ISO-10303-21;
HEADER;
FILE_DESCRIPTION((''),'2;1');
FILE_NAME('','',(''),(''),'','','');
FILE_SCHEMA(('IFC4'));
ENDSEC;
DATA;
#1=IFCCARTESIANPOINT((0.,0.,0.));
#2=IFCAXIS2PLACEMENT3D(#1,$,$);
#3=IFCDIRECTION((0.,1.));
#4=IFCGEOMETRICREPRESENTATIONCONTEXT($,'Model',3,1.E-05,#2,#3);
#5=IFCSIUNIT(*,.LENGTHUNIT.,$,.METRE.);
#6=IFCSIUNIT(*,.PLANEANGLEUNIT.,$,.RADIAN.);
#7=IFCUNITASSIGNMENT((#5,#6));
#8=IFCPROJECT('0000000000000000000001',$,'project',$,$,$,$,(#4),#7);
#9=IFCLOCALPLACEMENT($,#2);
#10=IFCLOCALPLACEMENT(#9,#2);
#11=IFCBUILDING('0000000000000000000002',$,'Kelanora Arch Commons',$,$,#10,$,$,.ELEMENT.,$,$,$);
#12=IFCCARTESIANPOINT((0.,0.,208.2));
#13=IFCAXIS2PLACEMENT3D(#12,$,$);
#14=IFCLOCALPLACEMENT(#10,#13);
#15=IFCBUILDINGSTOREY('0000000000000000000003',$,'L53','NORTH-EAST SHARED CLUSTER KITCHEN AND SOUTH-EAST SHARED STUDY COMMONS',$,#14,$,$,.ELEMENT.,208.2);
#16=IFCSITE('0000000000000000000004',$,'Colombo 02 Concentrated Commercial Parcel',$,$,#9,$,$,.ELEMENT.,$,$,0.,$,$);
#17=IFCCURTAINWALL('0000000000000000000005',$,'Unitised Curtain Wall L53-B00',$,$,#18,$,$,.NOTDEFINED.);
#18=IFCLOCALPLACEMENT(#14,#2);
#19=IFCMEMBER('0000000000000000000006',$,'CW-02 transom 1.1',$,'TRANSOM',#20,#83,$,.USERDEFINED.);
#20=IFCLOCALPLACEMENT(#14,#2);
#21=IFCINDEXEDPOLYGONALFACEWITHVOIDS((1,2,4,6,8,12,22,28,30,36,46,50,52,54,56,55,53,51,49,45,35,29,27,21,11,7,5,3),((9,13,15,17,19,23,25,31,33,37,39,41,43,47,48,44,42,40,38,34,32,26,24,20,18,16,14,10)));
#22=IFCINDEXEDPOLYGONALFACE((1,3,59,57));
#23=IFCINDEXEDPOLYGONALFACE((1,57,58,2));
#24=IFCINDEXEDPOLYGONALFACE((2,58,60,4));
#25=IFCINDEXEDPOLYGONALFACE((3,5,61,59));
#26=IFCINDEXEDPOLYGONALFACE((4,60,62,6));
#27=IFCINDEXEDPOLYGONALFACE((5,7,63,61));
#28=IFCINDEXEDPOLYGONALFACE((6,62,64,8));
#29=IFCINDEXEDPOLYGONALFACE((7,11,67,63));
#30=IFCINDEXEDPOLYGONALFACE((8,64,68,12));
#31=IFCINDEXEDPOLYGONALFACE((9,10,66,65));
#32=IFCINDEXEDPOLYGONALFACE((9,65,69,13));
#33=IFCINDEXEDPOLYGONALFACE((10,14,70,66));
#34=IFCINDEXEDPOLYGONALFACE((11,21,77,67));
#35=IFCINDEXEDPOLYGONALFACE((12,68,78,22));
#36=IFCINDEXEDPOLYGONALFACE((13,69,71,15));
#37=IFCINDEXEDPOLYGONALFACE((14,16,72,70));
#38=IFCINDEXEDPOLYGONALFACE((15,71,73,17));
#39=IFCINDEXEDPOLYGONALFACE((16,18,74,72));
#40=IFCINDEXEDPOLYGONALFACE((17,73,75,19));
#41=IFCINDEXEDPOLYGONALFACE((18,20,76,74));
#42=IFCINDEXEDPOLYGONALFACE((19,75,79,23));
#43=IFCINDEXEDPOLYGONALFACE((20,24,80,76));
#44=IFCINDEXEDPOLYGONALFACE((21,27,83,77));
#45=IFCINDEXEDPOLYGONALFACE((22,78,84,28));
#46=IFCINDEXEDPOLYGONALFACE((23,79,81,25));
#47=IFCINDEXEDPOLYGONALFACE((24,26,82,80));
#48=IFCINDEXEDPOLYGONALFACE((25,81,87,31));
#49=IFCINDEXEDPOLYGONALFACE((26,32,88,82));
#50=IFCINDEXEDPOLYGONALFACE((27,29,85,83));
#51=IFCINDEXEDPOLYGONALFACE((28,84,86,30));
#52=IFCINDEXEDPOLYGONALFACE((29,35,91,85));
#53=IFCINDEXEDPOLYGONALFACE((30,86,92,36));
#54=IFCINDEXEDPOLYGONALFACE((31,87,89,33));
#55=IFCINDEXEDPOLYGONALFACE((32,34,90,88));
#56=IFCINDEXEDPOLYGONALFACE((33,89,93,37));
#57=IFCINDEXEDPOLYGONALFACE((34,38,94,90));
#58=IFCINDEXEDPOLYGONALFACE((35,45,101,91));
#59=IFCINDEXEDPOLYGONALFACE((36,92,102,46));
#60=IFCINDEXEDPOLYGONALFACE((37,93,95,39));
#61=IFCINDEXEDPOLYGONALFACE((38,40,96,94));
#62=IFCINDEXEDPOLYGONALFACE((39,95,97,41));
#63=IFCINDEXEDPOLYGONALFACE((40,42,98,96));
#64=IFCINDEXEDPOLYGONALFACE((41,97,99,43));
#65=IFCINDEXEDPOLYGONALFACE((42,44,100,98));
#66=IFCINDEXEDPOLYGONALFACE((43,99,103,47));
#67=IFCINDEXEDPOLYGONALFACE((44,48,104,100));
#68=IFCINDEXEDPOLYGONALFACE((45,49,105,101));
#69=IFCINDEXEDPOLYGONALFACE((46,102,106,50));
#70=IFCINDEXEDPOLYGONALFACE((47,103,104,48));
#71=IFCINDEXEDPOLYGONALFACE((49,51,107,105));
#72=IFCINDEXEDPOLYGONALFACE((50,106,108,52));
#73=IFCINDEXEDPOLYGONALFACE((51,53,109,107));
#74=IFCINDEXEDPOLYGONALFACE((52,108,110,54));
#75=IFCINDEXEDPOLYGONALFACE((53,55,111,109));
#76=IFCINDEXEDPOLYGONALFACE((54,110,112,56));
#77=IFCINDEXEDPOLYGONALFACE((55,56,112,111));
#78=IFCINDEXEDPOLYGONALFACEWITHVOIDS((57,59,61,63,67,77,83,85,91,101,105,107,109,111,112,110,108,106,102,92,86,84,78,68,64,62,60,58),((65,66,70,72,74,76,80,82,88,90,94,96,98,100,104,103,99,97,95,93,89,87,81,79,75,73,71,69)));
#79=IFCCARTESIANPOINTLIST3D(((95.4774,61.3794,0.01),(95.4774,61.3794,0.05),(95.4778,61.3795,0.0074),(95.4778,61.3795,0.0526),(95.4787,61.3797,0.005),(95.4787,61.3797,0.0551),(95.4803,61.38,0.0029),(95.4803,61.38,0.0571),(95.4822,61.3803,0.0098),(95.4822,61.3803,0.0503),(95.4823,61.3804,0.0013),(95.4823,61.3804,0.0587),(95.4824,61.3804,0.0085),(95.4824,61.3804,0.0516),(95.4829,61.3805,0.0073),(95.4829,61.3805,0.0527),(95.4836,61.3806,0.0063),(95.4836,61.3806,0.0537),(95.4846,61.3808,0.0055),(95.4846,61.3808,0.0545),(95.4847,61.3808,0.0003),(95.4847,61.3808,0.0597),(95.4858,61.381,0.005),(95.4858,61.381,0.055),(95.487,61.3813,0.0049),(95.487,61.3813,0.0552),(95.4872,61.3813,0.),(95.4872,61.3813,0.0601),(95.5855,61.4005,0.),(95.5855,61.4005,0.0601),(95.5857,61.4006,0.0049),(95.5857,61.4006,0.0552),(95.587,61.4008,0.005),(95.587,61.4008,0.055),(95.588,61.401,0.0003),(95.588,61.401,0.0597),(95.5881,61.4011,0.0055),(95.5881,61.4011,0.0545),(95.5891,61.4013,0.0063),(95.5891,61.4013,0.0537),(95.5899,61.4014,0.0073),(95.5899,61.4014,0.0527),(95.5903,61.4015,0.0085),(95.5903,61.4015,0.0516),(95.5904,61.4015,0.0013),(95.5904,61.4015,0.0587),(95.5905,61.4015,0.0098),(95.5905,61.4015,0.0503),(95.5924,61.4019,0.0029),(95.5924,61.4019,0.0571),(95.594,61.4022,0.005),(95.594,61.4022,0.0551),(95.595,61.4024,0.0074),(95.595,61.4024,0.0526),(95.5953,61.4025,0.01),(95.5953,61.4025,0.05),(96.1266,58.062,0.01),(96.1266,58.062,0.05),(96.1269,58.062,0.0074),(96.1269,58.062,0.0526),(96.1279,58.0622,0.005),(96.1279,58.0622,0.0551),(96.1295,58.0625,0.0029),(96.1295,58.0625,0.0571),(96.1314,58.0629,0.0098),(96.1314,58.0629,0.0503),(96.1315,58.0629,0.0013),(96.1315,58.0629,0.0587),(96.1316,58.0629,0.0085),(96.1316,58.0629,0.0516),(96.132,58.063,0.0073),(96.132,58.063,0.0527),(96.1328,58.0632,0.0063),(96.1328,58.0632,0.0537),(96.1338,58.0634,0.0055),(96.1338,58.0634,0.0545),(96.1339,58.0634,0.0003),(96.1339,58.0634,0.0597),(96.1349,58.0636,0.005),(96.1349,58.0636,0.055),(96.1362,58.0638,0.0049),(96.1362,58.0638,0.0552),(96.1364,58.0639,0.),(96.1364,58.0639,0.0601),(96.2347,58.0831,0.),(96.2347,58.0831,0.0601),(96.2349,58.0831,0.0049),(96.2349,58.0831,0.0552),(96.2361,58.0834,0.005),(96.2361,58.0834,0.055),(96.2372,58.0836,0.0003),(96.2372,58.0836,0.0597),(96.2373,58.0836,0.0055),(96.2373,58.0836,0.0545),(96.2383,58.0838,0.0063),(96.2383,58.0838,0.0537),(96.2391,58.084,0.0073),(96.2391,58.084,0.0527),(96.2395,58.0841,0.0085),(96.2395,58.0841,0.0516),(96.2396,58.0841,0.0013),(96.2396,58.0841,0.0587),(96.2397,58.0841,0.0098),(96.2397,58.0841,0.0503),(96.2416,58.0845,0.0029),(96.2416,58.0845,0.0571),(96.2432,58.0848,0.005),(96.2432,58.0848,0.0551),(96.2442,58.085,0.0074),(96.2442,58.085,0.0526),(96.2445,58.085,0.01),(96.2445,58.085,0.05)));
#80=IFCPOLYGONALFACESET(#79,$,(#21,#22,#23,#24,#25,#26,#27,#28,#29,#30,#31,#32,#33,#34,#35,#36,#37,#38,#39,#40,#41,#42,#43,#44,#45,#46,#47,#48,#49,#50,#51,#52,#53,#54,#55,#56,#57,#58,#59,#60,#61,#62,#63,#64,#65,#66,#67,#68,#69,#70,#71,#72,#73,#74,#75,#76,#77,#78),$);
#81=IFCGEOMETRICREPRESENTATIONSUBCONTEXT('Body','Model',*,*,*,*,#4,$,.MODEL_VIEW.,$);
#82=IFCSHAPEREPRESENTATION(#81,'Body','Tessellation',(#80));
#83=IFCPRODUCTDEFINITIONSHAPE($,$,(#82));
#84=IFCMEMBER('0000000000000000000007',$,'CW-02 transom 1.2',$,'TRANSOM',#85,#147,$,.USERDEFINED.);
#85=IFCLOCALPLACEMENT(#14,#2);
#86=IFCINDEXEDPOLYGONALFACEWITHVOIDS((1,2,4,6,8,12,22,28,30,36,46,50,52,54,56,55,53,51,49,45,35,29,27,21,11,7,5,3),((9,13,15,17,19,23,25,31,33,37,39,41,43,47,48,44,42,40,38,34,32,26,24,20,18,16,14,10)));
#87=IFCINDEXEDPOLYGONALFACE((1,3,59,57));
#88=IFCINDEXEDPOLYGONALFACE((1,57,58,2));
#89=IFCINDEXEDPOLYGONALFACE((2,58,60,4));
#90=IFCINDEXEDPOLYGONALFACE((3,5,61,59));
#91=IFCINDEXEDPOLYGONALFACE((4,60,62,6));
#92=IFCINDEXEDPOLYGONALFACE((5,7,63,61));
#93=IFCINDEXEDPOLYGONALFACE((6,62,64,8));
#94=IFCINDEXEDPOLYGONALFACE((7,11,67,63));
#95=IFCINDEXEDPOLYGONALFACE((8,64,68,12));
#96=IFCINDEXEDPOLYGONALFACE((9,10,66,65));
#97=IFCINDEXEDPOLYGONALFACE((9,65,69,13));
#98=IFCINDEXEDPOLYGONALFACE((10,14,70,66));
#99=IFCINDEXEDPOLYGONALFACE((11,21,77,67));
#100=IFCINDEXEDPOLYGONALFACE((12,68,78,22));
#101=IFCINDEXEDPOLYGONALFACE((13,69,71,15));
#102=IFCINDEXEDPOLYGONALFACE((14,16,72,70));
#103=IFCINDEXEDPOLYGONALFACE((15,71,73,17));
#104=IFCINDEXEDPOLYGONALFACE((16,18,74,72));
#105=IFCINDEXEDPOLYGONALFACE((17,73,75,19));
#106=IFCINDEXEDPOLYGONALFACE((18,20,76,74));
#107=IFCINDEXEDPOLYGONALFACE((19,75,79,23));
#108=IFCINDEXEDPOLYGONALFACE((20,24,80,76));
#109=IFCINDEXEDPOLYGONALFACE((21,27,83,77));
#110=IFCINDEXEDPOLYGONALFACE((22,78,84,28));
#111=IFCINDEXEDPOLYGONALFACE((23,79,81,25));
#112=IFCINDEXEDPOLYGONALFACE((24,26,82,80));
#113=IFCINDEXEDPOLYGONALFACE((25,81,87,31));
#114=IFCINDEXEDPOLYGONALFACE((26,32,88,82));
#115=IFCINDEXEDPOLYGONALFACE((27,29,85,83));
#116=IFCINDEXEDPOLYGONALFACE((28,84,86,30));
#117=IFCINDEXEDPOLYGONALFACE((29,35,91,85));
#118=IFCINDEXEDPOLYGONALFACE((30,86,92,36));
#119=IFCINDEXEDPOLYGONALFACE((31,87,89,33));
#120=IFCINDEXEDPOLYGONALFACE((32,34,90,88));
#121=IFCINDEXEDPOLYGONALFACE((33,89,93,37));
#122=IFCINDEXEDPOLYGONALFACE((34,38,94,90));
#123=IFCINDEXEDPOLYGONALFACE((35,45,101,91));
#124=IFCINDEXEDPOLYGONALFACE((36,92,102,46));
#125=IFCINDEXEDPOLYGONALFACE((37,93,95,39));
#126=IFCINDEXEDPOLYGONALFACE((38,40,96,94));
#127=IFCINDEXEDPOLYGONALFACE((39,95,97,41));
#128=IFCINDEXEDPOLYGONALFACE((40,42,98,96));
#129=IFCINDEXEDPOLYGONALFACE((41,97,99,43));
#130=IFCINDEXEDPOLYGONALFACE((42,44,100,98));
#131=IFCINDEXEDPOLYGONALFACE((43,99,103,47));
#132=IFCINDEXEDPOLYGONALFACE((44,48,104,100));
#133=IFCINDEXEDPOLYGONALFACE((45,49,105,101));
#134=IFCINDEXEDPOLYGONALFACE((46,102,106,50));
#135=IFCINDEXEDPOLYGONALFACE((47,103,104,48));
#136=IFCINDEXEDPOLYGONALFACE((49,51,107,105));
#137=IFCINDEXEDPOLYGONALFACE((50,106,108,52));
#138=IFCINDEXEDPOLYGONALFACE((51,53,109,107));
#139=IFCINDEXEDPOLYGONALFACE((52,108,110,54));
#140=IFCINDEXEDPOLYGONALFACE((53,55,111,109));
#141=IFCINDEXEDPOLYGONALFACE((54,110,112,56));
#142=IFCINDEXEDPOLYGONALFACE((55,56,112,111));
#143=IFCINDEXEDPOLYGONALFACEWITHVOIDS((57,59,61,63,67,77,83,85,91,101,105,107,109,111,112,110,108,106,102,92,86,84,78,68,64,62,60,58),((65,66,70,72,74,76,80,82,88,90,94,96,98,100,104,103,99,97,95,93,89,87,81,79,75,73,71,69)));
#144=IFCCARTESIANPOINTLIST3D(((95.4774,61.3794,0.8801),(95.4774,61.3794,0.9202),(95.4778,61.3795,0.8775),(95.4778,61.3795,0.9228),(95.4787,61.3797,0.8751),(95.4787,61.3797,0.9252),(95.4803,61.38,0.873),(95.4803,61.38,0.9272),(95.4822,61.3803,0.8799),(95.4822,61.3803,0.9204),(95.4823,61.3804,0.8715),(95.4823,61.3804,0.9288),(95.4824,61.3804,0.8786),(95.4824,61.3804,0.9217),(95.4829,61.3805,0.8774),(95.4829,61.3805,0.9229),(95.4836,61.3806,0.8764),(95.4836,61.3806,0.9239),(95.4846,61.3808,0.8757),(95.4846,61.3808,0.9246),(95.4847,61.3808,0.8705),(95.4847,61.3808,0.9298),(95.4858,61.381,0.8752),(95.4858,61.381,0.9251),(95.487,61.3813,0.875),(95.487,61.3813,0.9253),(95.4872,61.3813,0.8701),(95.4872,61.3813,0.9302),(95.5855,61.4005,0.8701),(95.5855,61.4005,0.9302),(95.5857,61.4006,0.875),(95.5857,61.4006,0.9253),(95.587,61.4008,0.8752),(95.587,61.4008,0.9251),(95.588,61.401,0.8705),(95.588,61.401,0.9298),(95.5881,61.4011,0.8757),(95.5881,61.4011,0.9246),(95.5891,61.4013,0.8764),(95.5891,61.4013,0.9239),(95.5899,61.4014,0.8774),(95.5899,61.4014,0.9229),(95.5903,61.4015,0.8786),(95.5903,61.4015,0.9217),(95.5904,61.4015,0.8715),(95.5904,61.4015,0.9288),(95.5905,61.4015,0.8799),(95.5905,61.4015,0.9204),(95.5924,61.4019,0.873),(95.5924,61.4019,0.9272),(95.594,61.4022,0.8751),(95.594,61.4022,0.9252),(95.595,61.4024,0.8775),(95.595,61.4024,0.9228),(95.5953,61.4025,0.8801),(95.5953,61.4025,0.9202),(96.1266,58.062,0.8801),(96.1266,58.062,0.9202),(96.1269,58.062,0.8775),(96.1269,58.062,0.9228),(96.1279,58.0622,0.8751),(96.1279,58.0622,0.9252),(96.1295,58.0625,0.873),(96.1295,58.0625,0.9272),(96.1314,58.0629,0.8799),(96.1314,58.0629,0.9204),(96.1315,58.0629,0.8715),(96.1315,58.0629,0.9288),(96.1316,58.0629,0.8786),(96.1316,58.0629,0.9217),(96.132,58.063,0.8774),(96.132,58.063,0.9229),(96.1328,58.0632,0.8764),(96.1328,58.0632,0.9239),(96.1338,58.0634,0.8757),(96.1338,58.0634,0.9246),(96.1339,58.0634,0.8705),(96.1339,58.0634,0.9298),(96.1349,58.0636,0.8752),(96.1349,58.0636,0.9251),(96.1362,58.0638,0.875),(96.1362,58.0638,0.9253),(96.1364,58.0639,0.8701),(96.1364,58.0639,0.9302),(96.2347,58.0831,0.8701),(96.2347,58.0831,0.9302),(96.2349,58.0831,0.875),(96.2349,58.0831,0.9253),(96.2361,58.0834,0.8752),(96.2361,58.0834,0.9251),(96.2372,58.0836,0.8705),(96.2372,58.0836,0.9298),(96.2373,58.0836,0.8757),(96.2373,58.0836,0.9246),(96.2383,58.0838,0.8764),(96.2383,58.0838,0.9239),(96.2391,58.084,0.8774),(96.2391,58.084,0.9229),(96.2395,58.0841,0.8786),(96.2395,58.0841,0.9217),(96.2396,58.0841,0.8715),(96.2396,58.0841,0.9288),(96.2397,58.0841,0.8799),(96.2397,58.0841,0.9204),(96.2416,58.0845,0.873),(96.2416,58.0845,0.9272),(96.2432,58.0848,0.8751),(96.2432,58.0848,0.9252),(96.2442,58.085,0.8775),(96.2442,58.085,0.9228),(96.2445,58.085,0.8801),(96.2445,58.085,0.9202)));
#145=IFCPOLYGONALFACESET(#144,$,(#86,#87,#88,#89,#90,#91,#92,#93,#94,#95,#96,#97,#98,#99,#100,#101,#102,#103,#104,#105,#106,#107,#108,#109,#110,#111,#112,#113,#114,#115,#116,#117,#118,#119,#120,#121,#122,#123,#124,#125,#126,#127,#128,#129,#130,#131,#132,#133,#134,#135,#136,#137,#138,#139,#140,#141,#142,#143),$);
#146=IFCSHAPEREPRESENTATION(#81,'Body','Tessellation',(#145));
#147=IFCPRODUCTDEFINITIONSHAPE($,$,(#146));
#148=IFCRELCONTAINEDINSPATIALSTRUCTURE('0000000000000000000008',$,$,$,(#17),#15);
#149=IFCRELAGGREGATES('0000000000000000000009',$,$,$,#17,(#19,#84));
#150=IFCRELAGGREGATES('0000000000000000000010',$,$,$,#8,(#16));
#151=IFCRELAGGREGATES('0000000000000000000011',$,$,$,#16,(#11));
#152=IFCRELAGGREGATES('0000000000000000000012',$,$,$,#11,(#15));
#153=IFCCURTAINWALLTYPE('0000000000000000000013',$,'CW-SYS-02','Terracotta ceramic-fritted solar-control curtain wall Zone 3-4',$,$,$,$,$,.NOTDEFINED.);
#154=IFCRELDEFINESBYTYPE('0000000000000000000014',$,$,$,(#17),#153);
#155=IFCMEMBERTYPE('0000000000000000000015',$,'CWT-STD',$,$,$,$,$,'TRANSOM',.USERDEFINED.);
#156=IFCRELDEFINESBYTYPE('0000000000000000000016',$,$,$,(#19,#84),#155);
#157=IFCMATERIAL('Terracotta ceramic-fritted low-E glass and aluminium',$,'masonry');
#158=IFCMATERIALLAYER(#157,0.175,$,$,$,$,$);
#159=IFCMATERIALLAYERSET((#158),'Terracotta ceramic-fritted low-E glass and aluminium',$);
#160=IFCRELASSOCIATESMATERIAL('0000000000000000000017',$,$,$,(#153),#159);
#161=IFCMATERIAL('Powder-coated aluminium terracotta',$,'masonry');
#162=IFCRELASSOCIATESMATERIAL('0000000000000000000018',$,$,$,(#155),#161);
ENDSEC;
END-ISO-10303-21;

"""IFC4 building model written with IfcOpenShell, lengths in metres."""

from ifc_helpers import new_model, si_unit, direction, frame, origin, origin_2d, place, context, subcontext, project, spatial, hollow_rectangle, extrude, material, layer, layer_set, material_profile, profile_set, type_object, element, aggregate, save


model = new_model("IFC4")

# Units and contexts
model_context = context("Model", 3, precision=1e-05, world=origin(), true_north=direction((0.0, 1.0)))
body_context = subcontext(model_context, "Body", "Model", "MODEL_VIEW")
ifc_project = project(units=[si_unit("LENGTHUNIT", "METRE"), si_unit("PLANEANGLEUNIT", "RADIAN")], contexts=[model_context])

# Site, building, storey
site_placement = place(None, origin())
site = spatial("IfcSite", under=ifc_project, at=site_placement, Name="Colombo 02 Concentrated Commercial Parcel", CompositionType="ELEMENT", RefElevation=0.0)
building_placement = place(site_placement, origin())
building = spatial("IfcBuilding", under=site, at=building_placement, Name="Kelanora Arch Commons", CompositionType="ELEMENT")
storey_placement = place(building_placement, frame((0.0, 0.0, 208.2)))
storey = spatial("IfcBuildingStorey", under=building, at=storey_placement, Name="L53", Description="NORTH-EAST SHARED CLUSTER KITCHEN AND SOUTH-EAST SHARED STUDY COMMONS", CompositionType="ELEMENT", Elevation=208.2)

# Curtain wall, members
ifc_material_1 = material(Name="Terracotta ceramic-fritted low-E glass and aluminium", Category="masonry")
ifc_layer_1 = layer(ifc_material_1, 0.175)
ifc_layer_set_1 = layer_set([ifc_layer_1], Name="Terracotta ceramic-fritted low-E glass and aluminium")
curtain_wall_type = type_object("IfcCurtainWallType", Name="CW-SYS-02", Description="Terracotta ceramic-fritted solar-control curtain wall Zone 3-4", PredefinedType="NOTDEFINED", material=ifc_layer_set_1)
curtain_wall_placement = place(storey_placement, origin())
curtain_wall = element("IfcCurtainWall", 1, at=curtain_wall_placement, inside=storey, type_object=curtain_wall_type, Name="Unitised Curtain Wall L53-B00", PredefinedType="NOTDEFINED")
ifc_material_2 = material(Name="Powder-coated aluminium terracotta", Category="masonry")
ifc_material_profile_1 = material_profile(ifc_material_2, hollow_rectangle(XDim=0.1201, YDim=0.0601, WallThickness=0.0049, InnerFilletRadius=0.0049, OuterFilletRadius=0.01, at=origin_2d()), Name="CWT120x60")
ifc_profile_set_1 = profile_set([ifc_material_profile_1], Name="Powder-coated aluminium terracotta")
member_type_1 = type_object("IfcMemberType", Name="CWT-STD", ElementType="TRANSOM", PredefinedType="USERDEFINED", material=ifc_profile_set_1)
member_1_placement = place(storey_placement, frame((96.1855, 58.0735, 0.03), z_axis=(-0.192045, 0.981386, 0.0), x_axis=(-0.981386, -0.192045, 0.0)))
member_1 = element("IfcMember", 2, at=member_1_placement, type_object=member_type_1, Name="CW-02 transom 1.1", ObjectType="TRANSOM", PredefinedType="USERDEFINED", context=body_context, shape_type="SweptSolid", body=[
    extrude(hollow_rectangle(XDim=0.1201, YDim=0.0601, WallThickness=0.0049, InnerFilletRadius=0.0049, OuterFilletRadius=0.01, at=origin_2d()), origin(), (0.0, 0.0, 1.0), 3.3804),
])
member_2_placement = place(storey_placement, frame((96.1855, 58.0735, 0.9001), z_axis=(-0.192045, 0.981386, 0.0), x_axis=(-0.981386, -0.192045, 0.0)))
member_2 = element("IfcMember", 3, at=member_2_placement, type_object=member_type_1, Name="CW-02 transom 1.2", ObjectType="TRANSOM", PredefinedType="USERDEFINED", context=body_context, shape_type="SweptSolid", body=[
    extrude(hollow_rectangle(XDim=0.1201, YDim=0.0601, WallThickness=0.0049, InnerFilletRadius=0.0049, OuterFilletRadius=0.01, at=origin_2d()), origin(), (0.0, 0.0, 1.0), 3.3804),
])
aggregate(curtain_wall, [member_1, member_2])

save(model, "model.ifc")
